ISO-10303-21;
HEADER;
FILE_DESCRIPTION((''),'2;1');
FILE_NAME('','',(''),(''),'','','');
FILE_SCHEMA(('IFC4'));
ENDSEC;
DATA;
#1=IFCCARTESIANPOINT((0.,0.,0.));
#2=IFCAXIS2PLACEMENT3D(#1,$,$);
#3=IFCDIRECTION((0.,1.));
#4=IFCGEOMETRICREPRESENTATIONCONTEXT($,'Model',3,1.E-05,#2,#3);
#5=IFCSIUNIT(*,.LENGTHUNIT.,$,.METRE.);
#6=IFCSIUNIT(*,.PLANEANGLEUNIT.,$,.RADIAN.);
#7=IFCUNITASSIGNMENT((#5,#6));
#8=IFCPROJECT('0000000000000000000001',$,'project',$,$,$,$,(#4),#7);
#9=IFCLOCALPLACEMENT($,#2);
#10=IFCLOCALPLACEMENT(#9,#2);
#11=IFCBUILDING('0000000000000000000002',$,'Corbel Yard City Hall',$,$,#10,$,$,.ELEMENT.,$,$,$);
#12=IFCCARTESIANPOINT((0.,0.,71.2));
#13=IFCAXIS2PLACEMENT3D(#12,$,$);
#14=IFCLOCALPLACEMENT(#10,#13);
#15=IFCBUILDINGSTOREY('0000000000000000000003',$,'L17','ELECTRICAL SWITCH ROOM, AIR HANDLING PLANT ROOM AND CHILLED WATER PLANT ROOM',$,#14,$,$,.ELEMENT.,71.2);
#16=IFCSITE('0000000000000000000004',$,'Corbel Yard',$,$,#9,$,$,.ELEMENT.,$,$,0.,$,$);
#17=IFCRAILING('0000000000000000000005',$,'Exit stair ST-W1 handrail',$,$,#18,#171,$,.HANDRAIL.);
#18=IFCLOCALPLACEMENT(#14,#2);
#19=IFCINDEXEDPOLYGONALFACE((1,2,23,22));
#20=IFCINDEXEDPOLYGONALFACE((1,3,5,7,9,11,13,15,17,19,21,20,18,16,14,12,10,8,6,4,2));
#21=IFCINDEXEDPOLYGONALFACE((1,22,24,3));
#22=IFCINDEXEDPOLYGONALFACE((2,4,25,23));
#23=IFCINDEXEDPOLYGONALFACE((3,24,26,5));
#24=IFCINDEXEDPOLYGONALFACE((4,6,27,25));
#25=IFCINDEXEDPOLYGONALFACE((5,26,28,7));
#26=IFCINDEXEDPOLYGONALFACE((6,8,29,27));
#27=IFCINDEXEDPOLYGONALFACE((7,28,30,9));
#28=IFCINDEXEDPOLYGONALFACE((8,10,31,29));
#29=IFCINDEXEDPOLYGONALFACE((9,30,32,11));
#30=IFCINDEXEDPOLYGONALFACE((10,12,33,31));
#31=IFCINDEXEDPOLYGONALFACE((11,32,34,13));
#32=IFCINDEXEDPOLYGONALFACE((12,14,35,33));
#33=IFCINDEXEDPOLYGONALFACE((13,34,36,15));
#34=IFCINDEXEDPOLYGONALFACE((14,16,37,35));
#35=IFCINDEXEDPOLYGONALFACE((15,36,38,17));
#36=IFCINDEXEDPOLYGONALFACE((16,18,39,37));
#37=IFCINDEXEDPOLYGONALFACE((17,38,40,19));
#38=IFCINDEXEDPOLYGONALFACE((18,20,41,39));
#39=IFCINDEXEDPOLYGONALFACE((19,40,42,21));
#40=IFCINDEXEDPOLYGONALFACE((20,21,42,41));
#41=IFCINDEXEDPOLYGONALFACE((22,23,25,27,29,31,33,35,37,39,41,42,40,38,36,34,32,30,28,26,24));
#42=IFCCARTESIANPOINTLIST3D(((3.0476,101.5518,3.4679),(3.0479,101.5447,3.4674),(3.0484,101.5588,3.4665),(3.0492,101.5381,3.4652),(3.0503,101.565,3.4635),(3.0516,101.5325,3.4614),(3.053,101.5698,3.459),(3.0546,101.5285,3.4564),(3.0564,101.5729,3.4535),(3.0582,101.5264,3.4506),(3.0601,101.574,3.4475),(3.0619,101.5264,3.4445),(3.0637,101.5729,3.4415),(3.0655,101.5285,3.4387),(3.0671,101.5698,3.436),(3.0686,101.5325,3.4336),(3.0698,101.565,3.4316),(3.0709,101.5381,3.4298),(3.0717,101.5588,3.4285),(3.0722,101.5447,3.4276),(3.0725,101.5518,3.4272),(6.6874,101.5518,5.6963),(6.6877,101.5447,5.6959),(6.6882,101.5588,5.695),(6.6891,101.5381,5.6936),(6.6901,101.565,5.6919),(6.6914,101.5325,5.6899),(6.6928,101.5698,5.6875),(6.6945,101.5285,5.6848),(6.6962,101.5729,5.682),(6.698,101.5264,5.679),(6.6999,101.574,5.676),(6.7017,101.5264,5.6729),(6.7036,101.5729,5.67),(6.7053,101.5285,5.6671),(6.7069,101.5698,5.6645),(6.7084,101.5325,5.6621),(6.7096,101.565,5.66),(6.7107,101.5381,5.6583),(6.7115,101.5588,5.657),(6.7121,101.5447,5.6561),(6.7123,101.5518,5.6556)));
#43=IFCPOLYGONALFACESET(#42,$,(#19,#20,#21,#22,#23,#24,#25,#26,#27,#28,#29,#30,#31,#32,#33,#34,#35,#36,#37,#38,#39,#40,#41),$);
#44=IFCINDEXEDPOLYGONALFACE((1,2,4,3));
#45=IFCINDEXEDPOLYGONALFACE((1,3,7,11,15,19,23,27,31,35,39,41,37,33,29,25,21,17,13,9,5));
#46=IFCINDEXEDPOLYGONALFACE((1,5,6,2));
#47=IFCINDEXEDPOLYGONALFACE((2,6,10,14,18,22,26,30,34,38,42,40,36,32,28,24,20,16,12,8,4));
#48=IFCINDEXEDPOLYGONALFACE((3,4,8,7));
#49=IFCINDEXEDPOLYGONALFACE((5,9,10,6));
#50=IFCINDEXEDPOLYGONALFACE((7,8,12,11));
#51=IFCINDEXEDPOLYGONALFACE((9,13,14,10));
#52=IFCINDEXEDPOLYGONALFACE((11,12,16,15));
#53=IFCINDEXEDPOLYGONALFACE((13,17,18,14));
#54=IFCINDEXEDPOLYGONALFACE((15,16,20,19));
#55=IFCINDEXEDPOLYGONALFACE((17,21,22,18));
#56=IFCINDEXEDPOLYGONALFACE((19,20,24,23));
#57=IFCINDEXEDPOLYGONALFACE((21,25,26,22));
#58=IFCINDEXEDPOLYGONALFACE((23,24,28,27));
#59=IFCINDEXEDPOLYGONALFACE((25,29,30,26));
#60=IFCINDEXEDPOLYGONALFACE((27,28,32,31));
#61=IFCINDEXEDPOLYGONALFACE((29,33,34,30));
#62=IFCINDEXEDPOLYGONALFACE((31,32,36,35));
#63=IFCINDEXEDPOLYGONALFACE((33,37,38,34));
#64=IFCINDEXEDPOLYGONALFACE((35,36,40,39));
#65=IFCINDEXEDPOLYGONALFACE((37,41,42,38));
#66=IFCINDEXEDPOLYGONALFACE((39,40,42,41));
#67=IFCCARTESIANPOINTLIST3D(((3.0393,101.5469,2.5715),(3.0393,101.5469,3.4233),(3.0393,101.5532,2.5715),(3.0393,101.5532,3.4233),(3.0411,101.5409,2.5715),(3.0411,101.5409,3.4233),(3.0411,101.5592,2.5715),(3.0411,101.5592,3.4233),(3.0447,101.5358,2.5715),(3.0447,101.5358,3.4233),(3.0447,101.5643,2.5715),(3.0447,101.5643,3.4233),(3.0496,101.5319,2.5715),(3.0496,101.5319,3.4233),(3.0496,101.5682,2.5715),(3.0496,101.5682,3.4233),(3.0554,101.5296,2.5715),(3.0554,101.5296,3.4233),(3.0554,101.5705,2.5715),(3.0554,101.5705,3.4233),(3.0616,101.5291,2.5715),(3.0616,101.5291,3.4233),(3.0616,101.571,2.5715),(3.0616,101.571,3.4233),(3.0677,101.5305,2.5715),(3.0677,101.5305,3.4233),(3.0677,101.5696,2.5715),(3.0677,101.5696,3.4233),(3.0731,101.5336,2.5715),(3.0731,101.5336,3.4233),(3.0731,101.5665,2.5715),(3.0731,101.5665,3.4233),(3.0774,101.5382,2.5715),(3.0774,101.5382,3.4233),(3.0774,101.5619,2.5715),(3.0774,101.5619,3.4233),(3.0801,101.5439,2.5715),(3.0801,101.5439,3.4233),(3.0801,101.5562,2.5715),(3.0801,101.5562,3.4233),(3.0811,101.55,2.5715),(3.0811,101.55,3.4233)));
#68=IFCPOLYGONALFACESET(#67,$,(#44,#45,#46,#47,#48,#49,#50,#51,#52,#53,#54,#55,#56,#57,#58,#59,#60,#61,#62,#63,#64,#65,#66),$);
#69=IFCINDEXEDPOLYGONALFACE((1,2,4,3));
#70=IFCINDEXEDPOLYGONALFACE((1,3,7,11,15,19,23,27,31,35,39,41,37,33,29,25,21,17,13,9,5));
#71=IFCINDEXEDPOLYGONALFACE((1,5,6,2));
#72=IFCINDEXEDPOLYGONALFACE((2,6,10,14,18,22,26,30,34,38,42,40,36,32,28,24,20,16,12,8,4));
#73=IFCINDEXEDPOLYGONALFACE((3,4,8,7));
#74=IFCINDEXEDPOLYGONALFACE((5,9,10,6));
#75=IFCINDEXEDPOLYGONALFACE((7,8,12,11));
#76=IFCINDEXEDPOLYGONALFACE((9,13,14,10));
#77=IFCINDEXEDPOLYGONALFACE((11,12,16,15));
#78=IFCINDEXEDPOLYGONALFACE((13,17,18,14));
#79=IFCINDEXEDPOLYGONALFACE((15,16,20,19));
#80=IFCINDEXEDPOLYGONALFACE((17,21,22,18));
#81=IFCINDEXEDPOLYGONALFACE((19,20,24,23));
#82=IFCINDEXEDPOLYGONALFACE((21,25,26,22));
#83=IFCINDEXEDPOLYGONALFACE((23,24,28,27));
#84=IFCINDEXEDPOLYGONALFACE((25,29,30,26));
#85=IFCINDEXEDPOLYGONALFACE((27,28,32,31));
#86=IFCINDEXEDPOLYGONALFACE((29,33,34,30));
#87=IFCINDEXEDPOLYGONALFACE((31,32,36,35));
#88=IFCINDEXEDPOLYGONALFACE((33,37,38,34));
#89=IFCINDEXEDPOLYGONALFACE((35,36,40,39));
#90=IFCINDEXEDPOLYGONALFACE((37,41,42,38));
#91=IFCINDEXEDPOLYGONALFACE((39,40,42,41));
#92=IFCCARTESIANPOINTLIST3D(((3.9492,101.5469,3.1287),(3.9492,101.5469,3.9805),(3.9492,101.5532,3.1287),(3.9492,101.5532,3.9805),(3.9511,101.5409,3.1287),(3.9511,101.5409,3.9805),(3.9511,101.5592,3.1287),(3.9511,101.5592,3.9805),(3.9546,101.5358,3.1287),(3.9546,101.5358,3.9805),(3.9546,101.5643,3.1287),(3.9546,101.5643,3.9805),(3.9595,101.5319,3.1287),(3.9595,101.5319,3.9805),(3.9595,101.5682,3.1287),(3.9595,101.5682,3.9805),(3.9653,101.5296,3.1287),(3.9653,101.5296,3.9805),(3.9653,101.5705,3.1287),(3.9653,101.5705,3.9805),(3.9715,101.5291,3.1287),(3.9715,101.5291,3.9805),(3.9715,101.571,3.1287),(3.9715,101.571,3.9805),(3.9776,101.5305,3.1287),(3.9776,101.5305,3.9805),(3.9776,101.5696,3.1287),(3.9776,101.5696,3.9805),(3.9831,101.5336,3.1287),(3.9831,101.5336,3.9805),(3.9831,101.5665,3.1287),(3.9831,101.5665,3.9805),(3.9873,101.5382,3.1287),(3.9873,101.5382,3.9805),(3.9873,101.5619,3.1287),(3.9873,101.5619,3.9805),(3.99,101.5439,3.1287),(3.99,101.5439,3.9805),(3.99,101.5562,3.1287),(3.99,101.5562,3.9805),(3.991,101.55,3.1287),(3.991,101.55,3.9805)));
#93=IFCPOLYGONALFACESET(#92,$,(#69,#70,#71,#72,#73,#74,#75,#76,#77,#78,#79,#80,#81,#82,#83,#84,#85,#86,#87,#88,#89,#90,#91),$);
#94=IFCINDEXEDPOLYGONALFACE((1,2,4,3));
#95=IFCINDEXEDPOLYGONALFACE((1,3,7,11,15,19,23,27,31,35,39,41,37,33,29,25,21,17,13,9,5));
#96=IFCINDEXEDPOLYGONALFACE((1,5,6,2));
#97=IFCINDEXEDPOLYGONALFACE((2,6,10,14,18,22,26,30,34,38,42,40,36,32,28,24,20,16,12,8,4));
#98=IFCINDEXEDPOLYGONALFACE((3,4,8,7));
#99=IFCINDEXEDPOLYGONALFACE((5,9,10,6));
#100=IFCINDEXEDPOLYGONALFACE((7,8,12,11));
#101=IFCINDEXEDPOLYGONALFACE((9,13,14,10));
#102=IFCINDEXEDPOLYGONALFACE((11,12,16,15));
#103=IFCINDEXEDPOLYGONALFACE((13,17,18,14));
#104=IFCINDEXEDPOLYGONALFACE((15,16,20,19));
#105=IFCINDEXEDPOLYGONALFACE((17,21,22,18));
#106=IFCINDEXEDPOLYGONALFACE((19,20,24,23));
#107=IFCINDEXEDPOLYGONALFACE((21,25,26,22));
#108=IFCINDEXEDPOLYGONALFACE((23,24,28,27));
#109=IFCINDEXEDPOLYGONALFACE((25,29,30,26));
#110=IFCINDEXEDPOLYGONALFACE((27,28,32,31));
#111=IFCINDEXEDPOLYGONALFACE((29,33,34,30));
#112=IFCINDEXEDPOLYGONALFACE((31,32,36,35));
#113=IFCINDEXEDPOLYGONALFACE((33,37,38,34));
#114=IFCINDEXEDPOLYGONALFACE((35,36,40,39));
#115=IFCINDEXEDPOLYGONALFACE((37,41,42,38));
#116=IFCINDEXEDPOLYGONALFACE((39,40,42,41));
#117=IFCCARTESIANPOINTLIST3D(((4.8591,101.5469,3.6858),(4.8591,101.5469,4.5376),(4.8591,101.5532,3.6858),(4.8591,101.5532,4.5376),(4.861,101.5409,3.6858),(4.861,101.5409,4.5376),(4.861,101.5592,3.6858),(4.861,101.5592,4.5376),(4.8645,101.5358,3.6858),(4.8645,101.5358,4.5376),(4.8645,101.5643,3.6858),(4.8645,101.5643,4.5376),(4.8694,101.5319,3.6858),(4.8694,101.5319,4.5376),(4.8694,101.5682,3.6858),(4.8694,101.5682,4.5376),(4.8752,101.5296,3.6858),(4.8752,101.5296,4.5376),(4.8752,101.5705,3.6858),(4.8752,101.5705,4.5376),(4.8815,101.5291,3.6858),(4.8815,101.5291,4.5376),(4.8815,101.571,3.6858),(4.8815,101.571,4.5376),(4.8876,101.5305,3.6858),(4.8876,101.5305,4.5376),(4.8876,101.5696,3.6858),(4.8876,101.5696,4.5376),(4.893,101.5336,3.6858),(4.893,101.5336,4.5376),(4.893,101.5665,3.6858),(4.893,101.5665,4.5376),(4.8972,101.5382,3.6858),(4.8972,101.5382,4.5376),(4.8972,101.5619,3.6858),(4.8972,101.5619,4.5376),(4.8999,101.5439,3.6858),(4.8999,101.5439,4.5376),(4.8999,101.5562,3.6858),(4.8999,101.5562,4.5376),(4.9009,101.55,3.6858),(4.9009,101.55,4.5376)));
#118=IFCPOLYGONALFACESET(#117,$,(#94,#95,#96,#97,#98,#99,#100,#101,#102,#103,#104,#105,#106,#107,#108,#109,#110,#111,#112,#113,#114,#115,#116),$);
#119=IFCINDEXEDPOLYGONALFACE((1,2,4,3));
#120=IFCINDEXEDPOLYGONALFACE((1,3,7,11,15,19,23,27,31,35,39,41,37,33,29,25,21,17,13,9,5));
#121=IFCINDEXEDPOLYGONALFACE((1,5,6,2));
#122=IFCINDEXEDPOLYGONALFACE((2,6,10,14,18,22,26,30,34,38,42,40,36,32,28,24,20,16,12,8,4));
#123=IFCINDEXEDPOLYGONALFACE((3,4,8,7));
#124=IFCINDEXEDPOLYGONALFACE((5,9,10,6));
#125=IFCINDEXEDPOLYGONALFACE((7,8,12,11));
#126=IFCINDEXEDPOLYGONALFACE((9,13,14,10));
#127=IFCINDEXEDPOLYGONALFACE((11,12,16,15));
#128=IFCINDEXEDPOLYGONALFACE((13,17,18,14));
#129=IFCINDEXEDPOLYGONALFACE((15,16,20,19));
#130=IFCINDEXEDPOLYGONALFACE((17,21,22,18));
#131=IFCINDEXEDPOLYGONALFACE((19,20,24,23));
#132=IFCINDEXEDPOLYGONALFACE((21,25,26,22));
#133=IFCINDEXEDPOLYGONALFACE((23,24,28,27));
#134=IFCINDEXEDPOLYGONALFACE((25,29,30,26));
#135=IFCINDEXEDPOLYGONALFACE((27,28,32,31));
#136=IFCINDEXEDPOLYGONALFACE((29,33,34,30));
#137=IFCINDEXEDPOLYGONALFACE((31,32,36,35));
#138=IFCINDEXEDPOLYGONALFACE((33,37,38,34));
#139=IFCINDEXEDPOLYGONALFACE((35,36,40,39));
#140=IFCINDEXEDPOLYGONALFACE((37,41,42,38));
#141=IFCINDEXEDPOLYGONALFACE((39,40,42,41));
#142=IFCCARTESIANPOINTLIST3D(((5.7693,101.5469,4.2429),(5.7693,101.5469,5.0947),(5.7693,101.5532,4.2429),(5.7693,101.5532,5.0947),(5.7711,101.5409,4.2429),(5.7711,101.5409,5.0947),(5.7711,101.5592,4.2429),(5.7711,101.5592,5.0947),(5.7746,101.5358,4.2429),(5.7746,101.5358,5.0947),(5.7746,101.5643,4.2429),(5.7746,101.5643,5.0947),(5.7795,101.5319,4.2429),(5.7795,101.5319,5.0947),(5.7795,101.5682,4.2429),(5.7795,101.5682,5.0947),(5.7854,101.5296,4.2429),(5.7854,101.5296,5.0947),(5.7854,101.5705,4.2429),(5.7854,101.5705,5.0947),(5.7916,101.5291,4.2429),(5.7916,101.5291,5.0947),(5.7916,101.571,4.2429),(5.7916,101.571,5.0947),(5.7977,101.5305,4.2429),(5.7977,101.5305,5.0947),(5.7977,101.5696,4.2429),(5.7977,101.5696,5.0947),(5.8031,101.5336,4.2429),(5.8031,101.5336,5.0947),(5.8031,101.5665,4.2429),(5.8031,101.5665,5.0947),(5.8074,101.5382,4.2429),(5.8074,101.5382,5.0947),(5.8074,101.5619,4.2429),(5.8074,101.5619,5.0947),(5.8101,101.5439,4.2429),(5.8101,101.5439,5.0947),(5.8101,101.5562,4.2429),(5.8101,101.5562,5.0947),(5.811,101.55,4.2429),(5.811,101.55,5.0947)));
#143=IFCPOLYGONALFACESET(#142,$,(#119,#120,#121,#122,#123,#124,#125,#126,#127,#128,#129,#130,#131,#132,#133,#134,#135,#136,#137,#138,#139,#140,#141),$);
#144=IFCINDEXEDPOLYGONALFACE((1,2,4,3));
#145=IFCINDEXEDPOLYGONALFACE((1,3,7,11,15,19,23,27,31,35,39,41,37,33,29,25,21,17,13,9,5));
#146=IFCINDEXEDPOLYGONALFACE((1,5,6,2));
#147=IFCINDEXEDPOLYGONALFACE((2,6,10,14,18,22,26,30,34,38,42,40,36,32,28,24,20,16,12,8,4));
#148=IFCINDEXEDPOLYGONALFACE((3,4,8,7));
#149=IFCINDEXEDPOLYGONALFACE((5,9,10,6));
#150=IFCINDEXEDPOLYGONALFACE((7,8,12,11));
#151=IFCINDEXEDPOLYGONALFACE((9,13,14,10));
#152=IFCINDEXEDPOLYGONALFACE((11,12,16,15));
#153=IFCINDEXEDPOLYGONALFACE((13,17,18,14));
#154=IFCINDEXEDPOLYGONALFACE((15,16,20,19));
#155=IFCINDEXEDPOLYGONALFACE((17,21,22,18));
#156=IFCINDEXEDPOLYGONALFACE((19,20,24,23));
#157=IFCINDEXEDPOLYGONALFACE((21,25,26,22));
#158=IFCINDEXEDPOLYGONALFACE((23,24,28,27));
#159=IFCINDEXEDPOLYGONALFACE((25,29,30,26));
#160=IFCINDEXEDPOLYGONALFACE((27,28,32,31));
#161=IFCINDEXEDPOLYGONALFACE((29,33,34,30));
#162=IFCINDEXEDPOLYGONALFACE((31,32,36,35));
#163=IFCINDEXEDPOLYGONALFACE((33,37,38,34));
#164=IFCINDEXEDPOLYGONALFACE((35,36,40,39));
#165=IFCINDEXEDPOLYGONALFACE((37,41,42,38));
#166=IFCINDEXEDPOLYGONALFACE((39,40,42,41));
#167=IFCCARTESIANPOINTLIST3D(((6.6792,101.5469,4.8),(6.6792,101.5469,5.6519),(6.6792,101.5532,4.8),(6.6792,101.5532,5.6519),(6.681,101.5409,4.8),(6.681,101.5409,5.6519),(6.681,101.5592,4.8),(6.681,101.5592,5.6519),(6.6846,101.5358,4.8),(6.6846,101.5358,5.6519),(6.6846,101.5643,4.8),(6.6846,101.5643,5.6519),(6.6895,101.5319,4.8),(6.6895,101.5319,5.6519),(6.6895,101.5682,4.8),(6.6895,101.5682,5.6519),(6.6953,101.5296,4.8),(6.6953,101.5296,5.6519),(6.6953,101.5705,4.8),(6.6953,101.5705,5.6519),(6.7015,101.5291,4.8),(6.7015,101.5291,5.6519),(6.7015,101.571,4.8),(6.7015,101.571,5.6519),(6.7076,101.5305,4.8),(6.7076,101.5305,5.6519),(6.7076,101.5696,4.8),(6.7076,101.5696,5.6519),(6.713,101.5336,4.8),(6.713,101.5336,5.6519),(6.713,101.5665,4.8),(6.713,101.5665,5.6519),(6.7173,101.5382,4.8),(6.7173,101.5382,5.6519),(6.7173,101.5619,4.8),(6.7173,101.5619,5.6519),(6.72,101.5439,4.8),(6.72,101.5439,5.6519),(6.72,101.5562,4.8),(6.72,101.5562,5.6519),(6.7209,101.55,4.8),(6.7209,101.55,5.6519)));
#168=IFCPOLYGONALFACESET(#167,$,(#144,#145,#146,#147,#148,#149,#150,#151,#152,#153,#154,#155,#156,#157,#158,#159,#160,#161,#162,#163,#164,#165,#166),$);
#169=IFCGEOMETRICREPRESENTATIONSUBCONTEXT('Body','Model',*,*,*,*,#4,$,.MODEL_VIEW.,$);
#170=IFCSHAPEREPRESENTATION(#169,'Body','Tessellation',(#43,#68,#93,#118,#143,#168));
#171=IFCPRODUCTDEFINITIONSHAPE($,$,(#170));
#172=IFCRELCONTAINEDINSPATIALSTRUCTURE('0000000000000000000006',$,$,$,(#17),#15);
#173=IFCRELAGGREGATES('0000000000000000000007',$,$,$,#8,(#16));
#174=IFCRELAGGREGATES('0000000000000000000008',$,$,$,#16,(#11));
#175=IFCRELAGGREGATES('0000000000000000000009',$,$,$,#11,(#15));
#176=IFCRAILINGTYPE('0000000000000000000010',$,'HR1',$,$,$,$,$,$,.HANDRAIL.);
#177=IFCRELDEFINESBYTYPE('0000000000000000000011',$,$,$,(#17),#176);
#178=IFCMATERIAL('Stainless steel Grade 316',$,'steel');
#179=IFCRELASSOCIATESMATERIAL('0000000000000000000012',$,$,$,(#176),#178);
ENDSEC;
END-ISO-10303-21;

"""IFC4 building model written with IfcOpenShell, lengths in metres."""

from ifc_helpers import new_model, si_unit, direction, frame, origin, origin_2d, place, context, subcontext, project, spatial, circle, extrude, material, type_object, element, save


model = new_model("IFC4")

# Units and contexts
model_context = context("Model", 3, precision=1e-05, world=origin(), true_north=direction((0.0, 1.0)))
body_context = subcontext(model_context, "Body", "Model", "MODEL_VIEW")
ifc_project = project(units=[si_unit("LENGTHUNIT", "METRE"), si_unit("PLANEANGLEUNIT", "RADIAN")], contexts=[model_context])

# Site, building, storey
site_placement = place(None, origin())
site = spatial("IfcSite", under=ifc_project, at=site_placement, Name="Corbel Yard", CompositionType="ELEMENT", RefElevation=0.0)
building_placement = place(site_placement, origin())
building = spatial("IfcBuilding", under=site, at=building_placement, Name="Corbel Yard City Hall", CompositionType="ELEMENT")
storey_placement = place(building_placement, frame((0.0, 0.0, 71.2)))
storey = spatial("IfcBuildingStorey", under=building, at=storey_placement, Name="L17", Description="ELECTRICAL SWITCH ROOM, AIR HANDLING PLANT ROOM AND CHILLED WATER PLANT ROOM", CompositionType="ELEMENT", Elevation=71.2)

# Railing
ifc_material_1 = material(Name="Stainless steel Grade 316", Category="steel")
railing_type = type_object("IfcRailingType", Name="HR1", PredefinedType="HANDRAIL", material=ifc_material_1)
railing_1_placement = place(storey_placement, frame((3.0601, 101.55, 2.5715)))
element("IfcRailing", 1, at=railing_1_placement, inside=storey, type_object=railing_type, Name="Exit stair ST-W1 handrail", PredefinedType="HANDRAIL", context=body_context, shape_type="SweptSolid", body=[
    extrude(circle(Radius=0.0239, at=origin_2d()), frame((0.0, 0.0, 0.876), z_axis=(0.85285, 0.0, 0.522156), x_axis=(0.0, 1.0, 0.0)), (0.0, 0.0, 1.0), 4.2678),
    extrude(circle(Radius=0.021, at=origin_2d()), origin(), (0.0, 0.0, 1.0), 0.8518),
    extrude(circle(Radius=0.021, at=origin_2d()), frame((0.9099, 0.0, 0.5571)), (0.0, 0.0, 1.0), 0.8518),
    extrude(circle(Radius=0.021, at=origin_2d()), frame((1.8198, 0.0, 1.1143)), (0.0, 0.0, 1.0), 0.8518),
    extrude(circle(Radius=0.021, at=origin_2d()), frame((2.73, 0.0, 1.6714)), (0.0, 0.0, 1.0), 0.8518),
    extrude(circle(Radius=0.021, at=origin_2d()), frame((3.6399, 0.0, 2.2285)), (0.0, 0.0, 1.0), 0.8518),
])

save(model, "model.ifc")
